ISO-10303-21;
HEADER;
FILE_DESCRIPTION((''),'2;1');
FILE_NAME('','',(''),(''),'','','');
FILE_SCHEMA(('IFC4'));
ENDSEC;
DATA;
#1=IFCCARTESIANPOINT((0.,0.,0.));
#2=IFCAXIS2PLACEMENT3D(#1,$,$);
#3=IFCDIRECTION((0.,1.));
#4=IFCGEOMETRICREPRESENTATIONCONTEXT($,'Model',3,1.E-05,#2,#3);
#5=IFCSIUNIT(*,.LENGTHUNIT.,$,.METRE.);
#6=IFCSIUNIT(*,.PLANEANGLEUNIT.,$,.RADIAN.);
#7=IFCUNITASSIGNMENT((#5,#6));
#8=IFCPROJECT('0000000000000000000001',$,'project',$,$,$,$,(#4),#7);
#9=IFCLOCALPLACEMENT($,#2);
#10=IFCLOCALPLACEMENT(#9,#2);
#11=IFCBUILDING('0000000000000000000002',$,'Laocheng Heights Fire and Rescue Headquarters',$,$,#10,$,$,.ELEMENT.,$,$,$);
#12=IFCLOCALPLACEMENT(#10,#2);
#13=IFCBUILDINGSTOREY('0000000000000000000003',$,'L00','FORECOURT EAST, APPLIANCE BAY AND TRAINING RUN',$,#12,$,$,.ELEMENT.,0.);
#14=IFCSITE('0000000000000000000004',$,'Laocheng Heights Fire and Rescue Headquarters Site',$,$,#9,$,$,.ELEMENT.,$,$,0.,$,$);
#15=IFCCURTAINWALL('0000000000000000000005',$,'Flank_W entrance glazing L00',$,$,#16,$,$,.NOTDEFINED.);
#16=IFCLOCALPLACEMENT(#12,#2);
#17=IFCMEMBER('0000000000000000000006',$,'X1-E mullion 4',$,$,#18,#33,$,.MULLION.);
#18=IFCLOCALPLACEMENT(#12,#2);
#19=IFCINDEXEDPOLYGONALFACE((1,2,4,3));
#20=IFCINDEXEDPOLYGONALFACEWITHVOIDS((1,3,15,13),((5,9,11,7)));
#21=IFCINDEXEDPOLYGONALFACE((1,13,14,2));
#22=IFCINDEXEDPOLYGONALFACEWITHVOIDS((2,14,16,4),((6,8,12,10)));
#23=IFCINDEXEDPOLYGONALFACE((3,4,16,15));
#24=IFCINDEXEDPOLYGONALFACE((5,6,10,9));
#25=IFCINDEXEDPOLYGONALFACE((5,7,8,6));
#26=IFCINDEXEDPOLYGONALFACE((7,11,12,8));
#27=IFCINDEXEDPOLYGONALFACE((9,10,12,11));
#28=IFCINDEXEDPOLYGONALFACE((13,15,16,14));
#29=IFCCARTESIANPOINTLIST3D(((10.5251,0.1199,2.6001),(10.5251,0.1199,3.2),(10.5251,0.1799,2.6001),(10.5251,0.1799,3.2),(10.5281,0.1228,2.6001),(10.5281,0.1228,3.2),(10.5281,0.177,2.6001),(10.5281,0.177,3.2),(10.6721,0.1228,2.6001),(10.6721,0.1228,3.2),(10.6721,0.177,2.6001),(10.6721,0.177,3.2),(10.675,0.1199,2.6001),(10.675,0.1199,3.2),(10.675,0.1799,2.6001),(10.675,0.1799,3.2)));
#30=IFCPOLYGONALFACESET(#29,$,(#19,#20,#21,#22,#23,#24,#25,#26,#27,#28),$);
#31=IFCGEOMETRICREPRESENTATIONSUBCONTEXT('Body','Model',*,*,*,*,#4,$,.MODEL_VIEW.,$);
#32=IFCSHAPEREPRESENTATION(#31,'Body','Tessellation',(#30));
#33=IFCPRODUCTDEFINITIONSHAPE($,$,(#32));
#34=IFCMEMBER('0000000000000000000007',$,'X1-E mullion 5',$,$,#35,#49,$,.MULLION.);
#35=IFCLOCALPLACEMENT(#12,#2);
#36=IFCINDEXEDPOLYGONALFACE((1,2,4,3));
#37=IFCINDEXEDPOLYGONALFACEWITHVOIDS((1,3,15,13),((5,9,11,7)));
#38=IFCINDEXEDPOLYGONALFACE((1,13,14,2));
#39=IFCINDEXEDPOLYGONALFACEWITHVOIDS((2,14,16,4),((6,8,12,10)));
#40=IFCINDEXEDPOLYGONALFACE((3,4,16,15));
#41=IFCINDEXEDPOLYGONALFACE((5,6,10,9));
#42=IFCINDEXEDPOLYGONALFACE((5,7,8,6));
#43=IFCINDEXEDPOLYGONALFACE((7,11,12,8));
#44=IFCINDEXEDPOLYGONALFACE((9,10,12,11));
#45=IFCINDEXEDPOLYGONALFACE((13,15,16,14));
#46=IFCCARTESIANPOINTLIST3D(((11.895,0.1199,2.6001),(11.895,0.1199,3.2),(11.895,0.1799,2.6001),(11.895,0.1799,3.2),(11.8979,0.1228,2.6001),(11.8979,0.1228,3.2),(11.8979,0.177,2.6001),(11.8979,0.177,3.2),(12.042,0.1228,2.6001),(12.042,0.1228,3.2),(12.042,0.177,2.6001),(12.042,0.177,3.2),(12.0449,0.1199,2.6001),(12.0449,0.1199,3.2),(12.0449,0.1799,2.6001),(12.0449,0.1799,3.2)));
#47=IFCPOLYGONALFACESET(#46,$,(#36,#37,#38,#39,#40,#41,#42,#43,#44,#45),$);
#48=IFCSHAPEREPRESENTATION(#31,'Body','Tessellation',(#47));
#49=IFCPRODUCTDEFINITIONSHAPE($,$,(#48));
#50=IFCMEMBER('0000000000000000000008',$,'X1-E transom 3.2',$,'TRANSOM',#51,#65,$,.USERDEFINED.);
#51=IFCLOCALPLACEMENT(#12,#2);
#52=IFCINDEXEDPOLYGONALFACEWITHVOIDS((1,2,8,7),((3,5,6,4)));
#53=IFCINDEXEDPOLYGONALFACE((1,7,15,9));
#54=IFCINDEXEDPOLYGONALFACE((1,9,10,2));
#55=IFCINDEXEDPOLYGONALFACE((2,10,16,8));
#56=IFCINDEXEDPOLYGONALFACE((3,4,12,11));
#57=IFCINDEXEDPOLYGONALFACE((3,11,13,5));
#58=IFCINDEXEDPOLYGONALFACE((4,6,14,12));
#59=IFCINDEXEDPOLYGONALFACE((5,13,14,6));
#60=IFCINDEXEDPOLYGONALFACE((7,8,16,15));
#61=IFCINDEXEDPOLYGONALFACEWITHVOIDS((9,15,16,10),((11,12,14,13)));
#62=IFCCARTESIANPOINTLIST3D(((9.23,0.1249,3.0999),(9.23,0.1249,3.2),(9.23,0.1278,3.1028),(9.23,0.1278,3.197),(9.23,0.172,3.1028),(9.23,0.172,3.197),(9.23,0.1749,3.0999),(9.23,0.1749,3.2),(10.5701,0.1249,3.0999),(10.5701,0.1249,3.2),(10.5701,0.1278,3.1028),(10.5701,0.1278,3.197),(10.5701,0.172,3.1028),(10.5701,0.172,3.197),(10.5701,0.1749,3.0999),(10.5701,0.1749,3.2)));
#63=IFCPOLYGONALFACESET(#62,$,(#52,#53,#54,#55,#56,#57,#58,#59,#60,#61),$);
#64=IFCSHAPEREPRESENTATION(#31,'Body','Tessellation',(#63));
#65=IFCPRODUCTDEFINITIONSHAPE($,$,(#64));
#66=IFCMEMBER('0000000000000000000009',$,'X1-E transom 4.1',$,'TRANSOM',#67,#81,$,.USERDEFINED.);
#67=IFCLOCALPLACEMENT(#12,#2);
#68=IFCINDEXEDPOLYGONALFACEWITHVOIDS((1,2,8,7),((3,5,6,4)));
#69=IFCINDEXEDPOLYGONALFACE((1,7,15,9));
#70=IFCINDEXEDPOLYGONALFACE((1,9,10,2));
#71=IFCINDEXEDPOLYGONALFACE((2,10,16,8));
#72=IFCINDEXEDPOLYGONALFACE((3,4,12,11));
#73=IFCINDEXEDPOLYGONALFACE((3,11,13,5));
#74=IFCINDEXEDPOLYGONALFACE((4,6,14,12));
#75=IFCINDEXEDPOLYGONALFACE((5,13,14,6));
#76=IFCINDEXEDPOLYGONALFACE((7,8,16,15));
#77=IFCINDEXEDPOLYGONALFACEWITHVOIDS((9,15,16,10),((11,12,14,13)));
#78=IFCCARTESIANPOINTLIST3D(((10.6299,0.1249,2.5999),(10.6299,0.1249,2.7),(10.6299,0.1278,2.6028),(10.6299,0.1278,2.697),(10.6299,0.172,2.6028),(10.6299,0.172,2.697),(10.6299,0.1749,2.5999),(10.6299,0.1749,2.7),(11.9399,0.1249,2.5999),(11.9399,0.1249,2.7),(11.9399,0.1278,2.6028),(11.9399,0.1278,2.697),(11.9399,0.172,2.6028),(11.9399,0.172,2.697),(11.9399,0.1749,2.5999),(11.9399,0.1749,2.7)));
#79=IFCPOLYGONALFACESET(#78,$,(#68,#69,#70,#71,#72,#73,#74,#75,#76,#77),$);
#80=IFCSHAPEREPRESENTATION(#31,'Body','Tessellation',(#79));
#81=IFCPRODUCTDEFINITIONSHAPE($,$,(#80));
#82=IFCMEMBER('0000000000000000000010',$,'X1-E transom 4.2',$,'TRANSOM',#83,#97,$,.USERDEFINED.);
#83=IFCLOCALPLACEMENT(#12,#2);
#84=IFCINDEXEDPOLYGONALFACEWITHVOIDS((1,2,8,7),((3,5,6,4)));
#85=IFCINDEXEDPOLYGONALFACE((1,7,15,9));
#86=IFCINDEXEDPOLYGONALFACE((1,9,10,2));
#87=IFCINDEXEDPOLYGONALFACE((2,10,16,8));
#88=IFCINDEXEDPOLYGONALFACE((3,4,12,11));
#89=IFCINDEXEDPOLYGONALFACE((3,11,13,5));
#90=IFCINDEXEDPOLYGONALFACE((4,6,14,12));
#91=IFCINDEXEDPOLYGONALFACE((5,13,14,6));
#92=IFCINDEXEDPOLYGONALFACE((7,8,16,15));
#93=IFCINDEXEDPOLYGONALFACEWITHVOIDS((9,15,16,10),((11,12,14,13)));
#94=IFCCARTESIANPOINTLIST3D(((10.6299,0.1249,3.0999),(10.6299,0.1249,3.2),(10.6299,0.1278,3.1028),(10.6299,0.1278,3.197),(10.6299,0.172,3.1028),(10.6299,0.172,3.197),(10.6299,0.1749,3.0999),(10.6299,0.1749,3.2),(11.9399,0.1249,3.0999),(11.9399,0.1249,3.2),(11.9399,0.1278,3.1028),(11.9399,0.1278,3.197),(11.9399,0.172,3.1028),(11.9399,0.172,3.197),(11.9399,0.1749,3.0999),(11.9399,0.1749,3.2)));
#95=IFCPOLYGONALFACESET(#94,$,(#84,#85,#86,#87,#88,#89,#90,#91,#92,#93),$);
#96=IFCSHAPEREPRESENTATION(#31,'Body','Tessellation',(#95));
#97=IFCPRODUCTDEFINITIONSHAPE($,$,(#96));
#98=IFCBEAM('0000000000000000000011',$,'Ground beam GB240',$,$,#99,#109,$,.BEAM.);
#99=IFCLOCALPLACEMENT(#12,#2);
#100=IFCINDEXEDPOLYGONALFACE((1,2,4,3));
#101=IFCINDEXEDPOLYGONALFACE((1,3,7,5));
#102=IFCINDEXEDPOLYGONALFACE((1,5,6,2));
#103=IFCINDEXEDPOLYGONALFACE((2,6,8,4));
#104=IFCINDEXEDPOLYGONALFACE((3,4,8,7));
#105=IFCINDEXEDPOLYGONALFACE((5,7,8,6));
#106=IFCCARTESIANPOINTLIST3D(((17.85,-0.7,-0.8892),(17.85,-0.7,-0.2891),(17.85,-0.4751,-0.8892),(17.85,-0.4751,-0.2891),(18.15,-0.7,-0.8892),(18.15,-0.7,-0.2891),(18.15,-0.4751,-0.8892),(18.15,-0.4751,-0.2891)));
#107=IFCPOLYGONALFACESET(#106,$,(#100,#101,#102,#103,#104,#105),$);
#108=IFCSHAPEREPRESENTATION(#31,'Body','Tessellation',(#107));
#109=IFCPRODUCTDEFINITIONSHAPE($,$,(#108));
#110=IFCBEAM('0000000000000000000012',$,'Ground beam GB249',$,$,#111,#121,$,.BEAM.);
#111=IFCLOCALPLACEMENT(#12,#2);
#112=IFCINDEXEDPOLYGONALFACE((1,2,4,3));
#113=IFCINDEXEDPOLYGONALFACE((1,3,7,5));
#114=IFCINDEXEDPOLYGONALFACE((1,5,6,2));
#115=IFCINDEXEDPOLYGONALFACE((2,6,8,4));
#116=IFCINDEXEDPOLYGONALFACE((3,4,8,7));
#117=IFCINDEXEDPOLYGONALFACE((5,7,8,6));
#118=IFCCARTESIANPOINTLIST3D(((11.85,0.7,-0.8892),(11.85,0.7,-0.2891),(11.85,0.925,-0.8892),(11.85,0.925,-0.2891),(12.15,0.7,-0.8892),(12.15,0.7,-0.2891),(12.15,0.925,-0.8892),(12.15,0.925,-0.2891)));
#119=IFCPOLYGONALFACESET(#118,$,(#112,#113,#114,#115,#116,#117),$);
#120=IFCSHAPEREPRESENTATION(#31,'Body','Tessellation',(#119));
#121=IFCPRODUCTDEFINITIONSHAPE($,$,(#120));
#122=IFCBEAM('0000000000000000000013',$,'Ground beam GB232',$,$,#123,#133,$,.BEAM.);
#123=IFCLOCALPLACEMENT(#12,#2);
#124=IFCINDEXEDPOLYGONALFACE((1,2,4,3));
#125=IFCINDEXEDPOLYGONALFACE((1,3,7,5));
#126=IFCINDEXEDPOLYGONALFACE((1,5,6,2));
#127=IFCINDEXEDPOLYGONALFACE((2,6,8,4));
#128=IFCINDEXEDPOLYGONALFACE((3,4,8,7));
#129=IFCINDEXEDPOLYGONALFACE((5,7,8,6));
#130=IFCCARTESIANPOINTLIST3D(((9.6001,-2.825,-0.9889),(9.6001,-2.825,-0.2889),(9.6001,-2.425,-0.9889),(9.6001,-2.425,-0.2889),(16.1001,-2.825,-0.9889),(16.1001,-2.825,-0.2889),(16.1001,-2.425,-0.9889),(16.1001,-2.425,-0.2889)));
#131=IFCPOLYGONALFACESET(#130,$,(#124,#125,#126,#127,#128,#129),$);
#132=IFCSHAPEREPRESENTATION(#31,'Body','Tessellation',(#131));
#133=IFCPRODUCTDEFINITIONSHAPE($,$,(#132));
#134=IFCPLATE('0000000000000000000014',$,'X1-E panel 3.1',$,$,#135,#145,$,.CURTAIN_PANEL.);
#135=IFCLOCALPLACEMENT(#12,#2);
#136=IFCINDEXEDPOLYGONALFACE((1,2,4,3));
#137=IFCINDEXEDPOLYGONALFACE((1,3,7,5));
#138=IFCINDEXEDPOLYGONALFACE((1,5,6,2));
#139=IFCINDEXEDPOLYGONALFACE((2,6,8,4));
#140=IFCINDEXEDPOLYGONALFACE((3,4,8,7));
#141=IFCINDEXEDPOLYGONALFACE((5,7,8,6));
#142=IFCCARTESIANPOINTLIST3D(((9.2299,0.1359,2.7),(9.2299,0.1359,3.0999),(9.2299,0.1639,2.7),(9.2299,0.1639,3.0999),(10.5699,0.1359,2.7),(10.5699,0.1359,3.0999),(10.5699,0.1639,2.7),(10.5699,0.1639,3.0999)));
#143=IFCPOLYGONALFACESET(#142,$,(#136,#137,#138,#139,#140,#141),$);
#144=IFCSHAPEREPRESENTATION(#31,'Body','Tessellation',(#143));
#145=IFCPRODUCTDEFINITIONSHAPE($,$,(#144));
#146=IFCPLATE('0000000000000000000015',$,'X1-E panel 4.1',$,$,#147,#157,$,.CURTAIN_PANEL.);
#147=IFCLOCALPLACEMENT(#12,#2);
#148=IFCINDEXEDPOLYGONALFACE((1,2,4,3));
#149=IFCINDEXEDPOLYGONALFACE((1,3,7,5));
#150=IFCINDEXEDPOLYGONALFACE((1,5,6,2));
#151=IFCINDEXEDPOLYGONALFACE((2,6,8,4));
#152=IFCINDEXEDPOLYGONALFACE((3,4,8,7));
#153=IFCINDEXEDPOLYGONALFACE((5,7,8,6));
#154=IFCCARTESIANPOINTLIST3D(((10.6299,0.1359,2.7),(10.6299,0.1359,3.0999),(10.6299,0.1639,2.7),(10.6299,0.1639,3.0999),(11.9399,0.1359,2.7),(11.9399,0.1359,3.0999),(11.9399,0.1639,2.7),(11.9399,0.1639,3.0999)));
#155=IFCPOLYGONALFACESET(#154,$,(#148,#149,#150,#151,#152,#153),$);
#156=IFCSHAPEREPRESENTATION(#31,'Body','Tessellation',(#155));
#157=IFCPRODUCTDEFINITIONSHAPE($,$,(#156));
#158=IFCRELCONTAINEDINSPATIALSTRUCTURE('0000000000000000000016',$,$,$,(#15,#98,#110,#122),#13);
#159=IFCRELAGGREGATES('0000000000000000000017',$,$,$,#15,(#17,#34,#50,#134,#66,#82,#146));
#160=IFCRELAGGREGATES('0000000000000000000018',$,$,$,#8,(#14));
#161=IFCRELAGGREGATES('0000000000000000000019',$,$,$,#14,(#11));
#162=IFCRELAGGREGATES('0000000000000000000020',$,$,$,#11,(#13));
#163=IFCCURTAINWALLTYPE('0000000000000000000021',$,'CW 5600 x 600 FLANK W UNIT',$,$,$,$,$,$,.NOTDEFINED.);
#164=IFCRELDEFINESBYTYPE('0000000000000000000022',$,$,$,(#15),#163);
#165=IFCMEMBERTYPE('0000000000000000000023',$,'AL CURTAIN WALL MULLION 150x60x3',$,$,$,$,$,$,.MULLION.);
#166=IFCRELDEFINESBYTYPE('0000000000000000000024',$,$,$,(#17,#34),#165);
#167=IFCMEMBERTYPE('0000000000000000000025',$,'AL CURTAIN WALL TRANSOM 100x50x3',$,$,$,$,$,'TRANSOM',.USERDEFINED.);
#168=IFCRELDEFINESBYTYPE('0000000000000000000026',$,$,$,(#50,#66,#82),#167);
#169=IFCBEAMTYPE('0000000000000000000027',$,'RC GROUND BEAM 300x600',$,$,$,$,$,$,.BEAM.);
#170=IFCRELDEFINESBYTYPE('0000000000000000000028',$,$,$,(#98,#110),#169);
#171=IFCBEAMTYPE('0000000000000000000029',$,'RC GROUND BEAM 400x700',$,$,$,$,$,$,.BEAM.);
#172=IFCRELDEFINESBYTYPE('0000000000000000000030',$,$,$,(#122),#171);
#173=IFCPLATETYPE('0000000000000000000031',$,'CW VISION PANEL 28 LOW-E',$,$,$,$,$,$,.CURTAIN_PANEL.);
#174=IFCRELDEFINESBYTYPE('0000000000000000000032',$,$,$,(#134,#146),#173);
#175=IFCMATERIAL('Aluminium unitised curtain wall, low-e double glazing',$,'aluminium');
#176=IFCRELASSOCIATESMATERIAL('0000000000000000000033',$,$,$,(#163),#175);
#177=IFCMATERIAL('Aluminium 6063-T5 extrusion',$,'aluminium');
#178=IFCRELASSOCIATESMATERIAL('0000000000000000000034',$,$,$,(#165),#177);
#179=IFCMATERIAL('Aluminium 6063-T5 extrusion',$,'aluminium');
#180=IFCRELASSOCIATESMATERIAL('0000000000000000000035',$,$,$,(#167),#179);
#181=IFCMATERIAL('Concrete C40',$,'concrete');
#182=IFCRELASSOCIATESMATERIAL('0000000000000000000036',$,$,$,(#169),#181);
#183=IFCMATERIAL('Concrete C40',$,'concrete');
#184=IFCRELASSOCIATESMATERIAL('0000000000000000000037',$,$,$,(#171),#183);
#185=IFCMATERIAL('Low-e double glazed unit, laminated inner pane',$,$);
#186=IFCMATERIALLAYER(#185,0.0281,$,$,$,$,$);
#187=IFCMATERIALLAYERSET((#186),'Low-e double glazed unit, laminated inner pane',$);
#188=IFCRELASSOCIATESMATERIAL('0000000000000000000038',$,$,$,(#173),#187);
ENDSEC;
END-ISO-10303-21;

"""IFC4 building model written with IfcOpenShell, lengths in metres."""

from ifc_helpers import new_model, si_unit, direction, frame, origin, origin_2d, place, context, subcontext, project, spatial, rectangle, hollow_rectangle, extrude, material, layer, layer_set, material_profile, profile_set, type_object, element, aggregate, save


model = new_model("IFC4")

# Units and contexts
model_context = context("Model", 3, precision=1e-05, world=origin(), true_north=direction((0.0, 1.0)))
body_context = subcontext(model_context, "Body", "Model", "MODEL_VIEW")
ifc_project = project(units=[si_unit("LENGTHUNIT", "METRE"), si_unit("PLANEANGLEUNIT", "RADIAN")], contexts=[model_context])

# Site, building, storey
site_placement = place(None, origin())
site = spatial("IfcSite", under=ifc_project, at=site_placement, Name="Laocheng Heights Fire and Rescue Headquarters Site", CompositionType="ELEMENT", RefElevation=0.0)
building_placement = place(site_placement, origin())
building = spatial("IfcBuilding", under=site, at=building_placement, Name="Laocheng Heights Fire and Rescue Headquarters", CompositionType="ELEMENT")
storey_placement = place(building_placement, origin())
storey = spatial("IfcBuildingStorey", under=building, at=storey_placement, Name="L00", Description="FORECOURT EAST, APPLIANCE BAY AND TRAINING RUN", CompositionType="ELEMENT", Elevation=0.0)

# Curtain wall, members
ifc_material_1 = material(Name="Aluminium unitised curtain wall, low-e double glazing", Category="aluminium")
curtain_wall_type = type_object("IfcCurtainWallType", Name="CW 5600 x 600 FLANK W UNIT", PredefinedType="NOTDEFINED", material=ifc_material_1)
curtain_wall_placement = place(storey_placement, origin())
curtain_wall = element("IfcCurtainWall", 1, at=curtain_wall_placement, inside=storey, type_object=curtain_wall_type, Name="Flank_W entrance glazing L00", PredefinedType="NOTDEFINED")
ifc_material_2 = material(Name="Aluminium 6063-T5 extrusion", Category="aluminium")
ifc_material_profile_1 = material_profile(ifc_material_2, hollow_rectangle(XDim=0.0601, YDim=0.1499, WallThickness=0.0029, at=origin_2d()), Name="AL MULLION 150x60x3")
ifc_profile_set_1 = profile_set([ifc_material_profile_1], Name="Aluminium 6063-T5 extrusion")
member_type_1 = type_object("IfcMemberType", Name="AL CURTAIN WALL MULLION 150x60x3", PredefinedType="MULLION", material=ifc_profile_set_1)
member_1_placement = place(storey_placement, frame((10.6001, 0.1499, 2.6001), z_axis=(0.0, 0.0, 1.0), x_axis=(0.0, 1.0, 0.0)))
member_1 = element("IfcMember", 2, at=member_1_placement, type_object=member_type_1, Name="X1-E mullion 4", PredefinedType="MULLION", context=body_context, shape_type="SweptSolid", body=[
    extrude(hollow_rectangle(XDim=0.0601, YDim=0.1499, WallThickness=0.0029, at=origin_2d()), origin(), (0.0, 0.0, 1.0), 0.5999),
])
member_2_placement = place(storey_placement, frame((11.97, 0.1499, 2.6001), z_axis=(0.0, 0.0, 1.0), x_axis=(0.0, 1.0, 0.0)))
member_2 = element("IfcMember", 3, at=member_2_placement, type_object=member_type_1, Name="X1-E mullion 5", PredefinedType="MULLION", context=body_context, shape_type="SweptSolid", body=[
    extrude(hollow_rectangle(XDim=0.0601, YDim=0.1499, WallThickness=0.0029, at=origin_2d()), origin(), (0.0, 0.0, 1.0), 0.5999),
])
ifc_material_3 = material(Name="Aluminium 6063-T5 extrusion", Category="aluminium")
ifc_material_profile_2 = material_profile(ifc_material_3, hollow_rectangle(XDim=0.05, YDim=0.1001, WallThickness=0.0029, at=origin_2d()), Name="AL TRANSOM 100x50x3")
ifc_profile_set_2 = profile_set([ifc_material_profile_2], Name="Aluminium 6063-T5 extrusion")
member_type_2 = type_object("IfcMemberType", Name="AL CURTAIN WALL TRANSOM 100x50x3", ElementType="TRANSOM", PredefinedType="USERDEFINED", material=ifc_profile_set_2)
member_3_placement = place(storey_placement, frame((9.23, 0.1499, 3.1499), z_axis=(1.0, 0.0, 0.0), x_axis=(0.0, 1.0, 0.0)))
member_3 = element("IfcMember", 4, at=member_3_placement, type_object=member_type_2, Name="X1-E transom 3.2", ObjectType="TRANSOM", PredefinedType="USERDEFINED", context=body_context, shape_type="SweptSolid", body=[
    extrude(hollow_rectangle(XDim=0.05, YDim=0.1001, WallThickness=0.0029, at=origin_2d()), origin(), (0.0, 0.0, 1.0), 1.3401),
])
member_4_placement = place(storey_placement, frame((10.6299, 0.1499, 2.6499), z_axis=(1.0, 0.0, 0.0), x_axis=(0.0, 1.0, 0.0)))
member_4 = element("IfcMember", 5, at=member_4_placement, type_object=member_type_2, Name="X1-E transom 4.1", ObjectType="TRANSOM", PredefinedType="USERDEFINED", context=body_context, shape_type="SweptSolid", body=[
    extrude(hollow_rectangle(XDim=0.05, YDim=0.1001, WallThickness=0.0029, at=origin_2d()), origin(), (0.0, 0.0, 1.0), 1.3101),
])
member_5_placement = place(storey_placement, frame((10.6299, 0.1499, 3.1499), z_axis=(1.0, 0.0, 0.0), x_axis=(0.0, 1.0, 0.0)))
member_5 = element("IfcMember", 6, at=member_5_placement, type_object=member_type_2, Name="X1-E transom 4.2", ObjectType="TRANSOM", PredefinedType="USERDEFINED", context=body_context, shape_type="SweptSolid", body=[
    extrude(hollow_rectangle(XDim=0.05, YDim=0.1001, WallThickness=0.0029, at=origin_2d()), origin(), (0.0, 0.0, 1.0), 1.3101),
])

# Beams
ifc_material_4 = material(Name="Concrete C40", Category="concrete")
ifc_material_profile_3 = material_profile(ifc_material_4, rectangle(XDim=0.3, YDim=0.6001, at=origin_2d()), Name="RC GROUND BEAM 300x600")
ifc_profile_set_3 = profile_set([ifc_material_profile_3], Name="Concrete C40")
beam_type_1 = type_object("IfcBeamType", Name="RC GROUND BEAM 300x600", PredefinedType="BEAM", material=ifc_profile_set_3)
beam_1_placement = place(storey_placement, frame((18.0, -0.7, -0.5891), z_axis=(0.0, 1.0, 0.0), x_axis=(-1.0, 0.0, 0.0)))
element("IfcBeam", 7, at=beam_1_placement, inside=storey, type_object=beam_type_1, Name="Ground beam GB240", PredefinedType="BEAM", context=body_context, shape_type="SweptSolid", body=[
    extrude(rectangle(XDim=0.3, YDim=0.6001, at=origin_2d()), origin(), (0.0, 0.0, 1.0), 0.2249),
])
beam_2_placement = place(storey_placement, frame((12.0, 0.7, -0.5891), z_axis=(0.0, 1.0, 0.0), x_axis=(-1.0, 0.0, 0.0)))
element("IfcBeam", 8, at=beam_2_placement, inside=storey, type_object=beam_type_1, Name="Ground beam GB249", PredefinedType="BEAM", context=body_context, shape_type="SweptSolid", body=[
    extrude(rectangle(XDim=0.3, YDim=0.6001, at=origin_2d()), origin(), (0.0, 0.0, 1.0), 0.2251),
])
ifc_material_5 = material(Name="Concrete C40", Category="concrete")
ifc_material_profile_4 = material_profile(ifc_material_5, rectangle(XDim=0.3999, YDim=0.7, at=origin_2d()), Name="RC GROUND BEAM 400x700")
ifc_profile_set_4 = profile_set([ifc_material_profile_4], Name="Concrete C40")
beam_type_2 = type_object("IfcBeamType", Name="RC GROUND BEAM 400x700", PredefinedType="BEAM", material=ifc_profile_set_4)
beam_3_placement = place(storey_placement, frame((9.6001, -2.625, -0.6389), z_axis=(1.0, 0.0, 0.0), x_axis=(0.0, 1.0, 0.0)))
element("IfcBeam", 9, at=beam_3_placement, inside=storey, type_object=beam_type_2, Name="Ground beam GB232", PredefinedType="BEAM", context=body_context, shape_type="SweptSolid", body=[
    extrude(rectangle(XDim=0.3999, YDim=0.7, at=origin_2d()), origin(), (0.0, 0.0, 1.0), 6.5),
])

# Plates
ifc_material_6 = material(Name="Low-e double glazed unit, laminated inner pane")
ifc_layer_1 = layer(ifc_material_6, 0.0281)
ifc_layer_set_1 = layer_set([ifc_layer_1], Name="Low-e double glazed unit, laminated inner pane")
plate_type = type_object("IfcPlateType", Name="CW VISION PANEL 28 LOW-E", PredefinedType="CURTAIN_PANEL", material=ifc_layer_set_1)
plate_1_placement = place(storey_placement, frame((9.8999, 0.1499, 2.7), z_axis=(0.0, 0.0, 1.0), x_axis=(1.0, 0.0, 0.0)))
plate_1 = element("IfcPlate", 10, at=plate_1_placement, type_object=plate_type, Name="X1-E panel 3.1", PredefinedType="CURTAIN_PANEL", context=body_context, shape_type="SweptSolid", body=[
    extrude(rectangle(XDim=1.3401, YDim=0.0281, at=origin_2d()), origin(), (0.0, 0.0, 1.0), 0.3999),
])
plate_2_placement = place(storey_placement, frame((11.2849, 0.1499, 2.7), z_axis=(0.0, 0.0, 1.0), x_axis=(1.0, 0.0, 0.0)))
plate_2 = element("IfcPlate", 11, at=plate_2_placement, type_object=plate_type, Name="X1-E panel 4.1", PredefinedType="CURTAIN_PANEL", context=body_context, shape_type="SweptSolid", body=[
    extrude(rectangle(XDim=1.3101, YDim=0.0281, at=origin_2d()), origin(), (0.0, 0.0, 1.0), 0.3999),
])
aggregate(curtain_wall, [member_1, member_2, member_3, plate_1, member_4, member_5, plate_2])

save(model, "model.ifc")
